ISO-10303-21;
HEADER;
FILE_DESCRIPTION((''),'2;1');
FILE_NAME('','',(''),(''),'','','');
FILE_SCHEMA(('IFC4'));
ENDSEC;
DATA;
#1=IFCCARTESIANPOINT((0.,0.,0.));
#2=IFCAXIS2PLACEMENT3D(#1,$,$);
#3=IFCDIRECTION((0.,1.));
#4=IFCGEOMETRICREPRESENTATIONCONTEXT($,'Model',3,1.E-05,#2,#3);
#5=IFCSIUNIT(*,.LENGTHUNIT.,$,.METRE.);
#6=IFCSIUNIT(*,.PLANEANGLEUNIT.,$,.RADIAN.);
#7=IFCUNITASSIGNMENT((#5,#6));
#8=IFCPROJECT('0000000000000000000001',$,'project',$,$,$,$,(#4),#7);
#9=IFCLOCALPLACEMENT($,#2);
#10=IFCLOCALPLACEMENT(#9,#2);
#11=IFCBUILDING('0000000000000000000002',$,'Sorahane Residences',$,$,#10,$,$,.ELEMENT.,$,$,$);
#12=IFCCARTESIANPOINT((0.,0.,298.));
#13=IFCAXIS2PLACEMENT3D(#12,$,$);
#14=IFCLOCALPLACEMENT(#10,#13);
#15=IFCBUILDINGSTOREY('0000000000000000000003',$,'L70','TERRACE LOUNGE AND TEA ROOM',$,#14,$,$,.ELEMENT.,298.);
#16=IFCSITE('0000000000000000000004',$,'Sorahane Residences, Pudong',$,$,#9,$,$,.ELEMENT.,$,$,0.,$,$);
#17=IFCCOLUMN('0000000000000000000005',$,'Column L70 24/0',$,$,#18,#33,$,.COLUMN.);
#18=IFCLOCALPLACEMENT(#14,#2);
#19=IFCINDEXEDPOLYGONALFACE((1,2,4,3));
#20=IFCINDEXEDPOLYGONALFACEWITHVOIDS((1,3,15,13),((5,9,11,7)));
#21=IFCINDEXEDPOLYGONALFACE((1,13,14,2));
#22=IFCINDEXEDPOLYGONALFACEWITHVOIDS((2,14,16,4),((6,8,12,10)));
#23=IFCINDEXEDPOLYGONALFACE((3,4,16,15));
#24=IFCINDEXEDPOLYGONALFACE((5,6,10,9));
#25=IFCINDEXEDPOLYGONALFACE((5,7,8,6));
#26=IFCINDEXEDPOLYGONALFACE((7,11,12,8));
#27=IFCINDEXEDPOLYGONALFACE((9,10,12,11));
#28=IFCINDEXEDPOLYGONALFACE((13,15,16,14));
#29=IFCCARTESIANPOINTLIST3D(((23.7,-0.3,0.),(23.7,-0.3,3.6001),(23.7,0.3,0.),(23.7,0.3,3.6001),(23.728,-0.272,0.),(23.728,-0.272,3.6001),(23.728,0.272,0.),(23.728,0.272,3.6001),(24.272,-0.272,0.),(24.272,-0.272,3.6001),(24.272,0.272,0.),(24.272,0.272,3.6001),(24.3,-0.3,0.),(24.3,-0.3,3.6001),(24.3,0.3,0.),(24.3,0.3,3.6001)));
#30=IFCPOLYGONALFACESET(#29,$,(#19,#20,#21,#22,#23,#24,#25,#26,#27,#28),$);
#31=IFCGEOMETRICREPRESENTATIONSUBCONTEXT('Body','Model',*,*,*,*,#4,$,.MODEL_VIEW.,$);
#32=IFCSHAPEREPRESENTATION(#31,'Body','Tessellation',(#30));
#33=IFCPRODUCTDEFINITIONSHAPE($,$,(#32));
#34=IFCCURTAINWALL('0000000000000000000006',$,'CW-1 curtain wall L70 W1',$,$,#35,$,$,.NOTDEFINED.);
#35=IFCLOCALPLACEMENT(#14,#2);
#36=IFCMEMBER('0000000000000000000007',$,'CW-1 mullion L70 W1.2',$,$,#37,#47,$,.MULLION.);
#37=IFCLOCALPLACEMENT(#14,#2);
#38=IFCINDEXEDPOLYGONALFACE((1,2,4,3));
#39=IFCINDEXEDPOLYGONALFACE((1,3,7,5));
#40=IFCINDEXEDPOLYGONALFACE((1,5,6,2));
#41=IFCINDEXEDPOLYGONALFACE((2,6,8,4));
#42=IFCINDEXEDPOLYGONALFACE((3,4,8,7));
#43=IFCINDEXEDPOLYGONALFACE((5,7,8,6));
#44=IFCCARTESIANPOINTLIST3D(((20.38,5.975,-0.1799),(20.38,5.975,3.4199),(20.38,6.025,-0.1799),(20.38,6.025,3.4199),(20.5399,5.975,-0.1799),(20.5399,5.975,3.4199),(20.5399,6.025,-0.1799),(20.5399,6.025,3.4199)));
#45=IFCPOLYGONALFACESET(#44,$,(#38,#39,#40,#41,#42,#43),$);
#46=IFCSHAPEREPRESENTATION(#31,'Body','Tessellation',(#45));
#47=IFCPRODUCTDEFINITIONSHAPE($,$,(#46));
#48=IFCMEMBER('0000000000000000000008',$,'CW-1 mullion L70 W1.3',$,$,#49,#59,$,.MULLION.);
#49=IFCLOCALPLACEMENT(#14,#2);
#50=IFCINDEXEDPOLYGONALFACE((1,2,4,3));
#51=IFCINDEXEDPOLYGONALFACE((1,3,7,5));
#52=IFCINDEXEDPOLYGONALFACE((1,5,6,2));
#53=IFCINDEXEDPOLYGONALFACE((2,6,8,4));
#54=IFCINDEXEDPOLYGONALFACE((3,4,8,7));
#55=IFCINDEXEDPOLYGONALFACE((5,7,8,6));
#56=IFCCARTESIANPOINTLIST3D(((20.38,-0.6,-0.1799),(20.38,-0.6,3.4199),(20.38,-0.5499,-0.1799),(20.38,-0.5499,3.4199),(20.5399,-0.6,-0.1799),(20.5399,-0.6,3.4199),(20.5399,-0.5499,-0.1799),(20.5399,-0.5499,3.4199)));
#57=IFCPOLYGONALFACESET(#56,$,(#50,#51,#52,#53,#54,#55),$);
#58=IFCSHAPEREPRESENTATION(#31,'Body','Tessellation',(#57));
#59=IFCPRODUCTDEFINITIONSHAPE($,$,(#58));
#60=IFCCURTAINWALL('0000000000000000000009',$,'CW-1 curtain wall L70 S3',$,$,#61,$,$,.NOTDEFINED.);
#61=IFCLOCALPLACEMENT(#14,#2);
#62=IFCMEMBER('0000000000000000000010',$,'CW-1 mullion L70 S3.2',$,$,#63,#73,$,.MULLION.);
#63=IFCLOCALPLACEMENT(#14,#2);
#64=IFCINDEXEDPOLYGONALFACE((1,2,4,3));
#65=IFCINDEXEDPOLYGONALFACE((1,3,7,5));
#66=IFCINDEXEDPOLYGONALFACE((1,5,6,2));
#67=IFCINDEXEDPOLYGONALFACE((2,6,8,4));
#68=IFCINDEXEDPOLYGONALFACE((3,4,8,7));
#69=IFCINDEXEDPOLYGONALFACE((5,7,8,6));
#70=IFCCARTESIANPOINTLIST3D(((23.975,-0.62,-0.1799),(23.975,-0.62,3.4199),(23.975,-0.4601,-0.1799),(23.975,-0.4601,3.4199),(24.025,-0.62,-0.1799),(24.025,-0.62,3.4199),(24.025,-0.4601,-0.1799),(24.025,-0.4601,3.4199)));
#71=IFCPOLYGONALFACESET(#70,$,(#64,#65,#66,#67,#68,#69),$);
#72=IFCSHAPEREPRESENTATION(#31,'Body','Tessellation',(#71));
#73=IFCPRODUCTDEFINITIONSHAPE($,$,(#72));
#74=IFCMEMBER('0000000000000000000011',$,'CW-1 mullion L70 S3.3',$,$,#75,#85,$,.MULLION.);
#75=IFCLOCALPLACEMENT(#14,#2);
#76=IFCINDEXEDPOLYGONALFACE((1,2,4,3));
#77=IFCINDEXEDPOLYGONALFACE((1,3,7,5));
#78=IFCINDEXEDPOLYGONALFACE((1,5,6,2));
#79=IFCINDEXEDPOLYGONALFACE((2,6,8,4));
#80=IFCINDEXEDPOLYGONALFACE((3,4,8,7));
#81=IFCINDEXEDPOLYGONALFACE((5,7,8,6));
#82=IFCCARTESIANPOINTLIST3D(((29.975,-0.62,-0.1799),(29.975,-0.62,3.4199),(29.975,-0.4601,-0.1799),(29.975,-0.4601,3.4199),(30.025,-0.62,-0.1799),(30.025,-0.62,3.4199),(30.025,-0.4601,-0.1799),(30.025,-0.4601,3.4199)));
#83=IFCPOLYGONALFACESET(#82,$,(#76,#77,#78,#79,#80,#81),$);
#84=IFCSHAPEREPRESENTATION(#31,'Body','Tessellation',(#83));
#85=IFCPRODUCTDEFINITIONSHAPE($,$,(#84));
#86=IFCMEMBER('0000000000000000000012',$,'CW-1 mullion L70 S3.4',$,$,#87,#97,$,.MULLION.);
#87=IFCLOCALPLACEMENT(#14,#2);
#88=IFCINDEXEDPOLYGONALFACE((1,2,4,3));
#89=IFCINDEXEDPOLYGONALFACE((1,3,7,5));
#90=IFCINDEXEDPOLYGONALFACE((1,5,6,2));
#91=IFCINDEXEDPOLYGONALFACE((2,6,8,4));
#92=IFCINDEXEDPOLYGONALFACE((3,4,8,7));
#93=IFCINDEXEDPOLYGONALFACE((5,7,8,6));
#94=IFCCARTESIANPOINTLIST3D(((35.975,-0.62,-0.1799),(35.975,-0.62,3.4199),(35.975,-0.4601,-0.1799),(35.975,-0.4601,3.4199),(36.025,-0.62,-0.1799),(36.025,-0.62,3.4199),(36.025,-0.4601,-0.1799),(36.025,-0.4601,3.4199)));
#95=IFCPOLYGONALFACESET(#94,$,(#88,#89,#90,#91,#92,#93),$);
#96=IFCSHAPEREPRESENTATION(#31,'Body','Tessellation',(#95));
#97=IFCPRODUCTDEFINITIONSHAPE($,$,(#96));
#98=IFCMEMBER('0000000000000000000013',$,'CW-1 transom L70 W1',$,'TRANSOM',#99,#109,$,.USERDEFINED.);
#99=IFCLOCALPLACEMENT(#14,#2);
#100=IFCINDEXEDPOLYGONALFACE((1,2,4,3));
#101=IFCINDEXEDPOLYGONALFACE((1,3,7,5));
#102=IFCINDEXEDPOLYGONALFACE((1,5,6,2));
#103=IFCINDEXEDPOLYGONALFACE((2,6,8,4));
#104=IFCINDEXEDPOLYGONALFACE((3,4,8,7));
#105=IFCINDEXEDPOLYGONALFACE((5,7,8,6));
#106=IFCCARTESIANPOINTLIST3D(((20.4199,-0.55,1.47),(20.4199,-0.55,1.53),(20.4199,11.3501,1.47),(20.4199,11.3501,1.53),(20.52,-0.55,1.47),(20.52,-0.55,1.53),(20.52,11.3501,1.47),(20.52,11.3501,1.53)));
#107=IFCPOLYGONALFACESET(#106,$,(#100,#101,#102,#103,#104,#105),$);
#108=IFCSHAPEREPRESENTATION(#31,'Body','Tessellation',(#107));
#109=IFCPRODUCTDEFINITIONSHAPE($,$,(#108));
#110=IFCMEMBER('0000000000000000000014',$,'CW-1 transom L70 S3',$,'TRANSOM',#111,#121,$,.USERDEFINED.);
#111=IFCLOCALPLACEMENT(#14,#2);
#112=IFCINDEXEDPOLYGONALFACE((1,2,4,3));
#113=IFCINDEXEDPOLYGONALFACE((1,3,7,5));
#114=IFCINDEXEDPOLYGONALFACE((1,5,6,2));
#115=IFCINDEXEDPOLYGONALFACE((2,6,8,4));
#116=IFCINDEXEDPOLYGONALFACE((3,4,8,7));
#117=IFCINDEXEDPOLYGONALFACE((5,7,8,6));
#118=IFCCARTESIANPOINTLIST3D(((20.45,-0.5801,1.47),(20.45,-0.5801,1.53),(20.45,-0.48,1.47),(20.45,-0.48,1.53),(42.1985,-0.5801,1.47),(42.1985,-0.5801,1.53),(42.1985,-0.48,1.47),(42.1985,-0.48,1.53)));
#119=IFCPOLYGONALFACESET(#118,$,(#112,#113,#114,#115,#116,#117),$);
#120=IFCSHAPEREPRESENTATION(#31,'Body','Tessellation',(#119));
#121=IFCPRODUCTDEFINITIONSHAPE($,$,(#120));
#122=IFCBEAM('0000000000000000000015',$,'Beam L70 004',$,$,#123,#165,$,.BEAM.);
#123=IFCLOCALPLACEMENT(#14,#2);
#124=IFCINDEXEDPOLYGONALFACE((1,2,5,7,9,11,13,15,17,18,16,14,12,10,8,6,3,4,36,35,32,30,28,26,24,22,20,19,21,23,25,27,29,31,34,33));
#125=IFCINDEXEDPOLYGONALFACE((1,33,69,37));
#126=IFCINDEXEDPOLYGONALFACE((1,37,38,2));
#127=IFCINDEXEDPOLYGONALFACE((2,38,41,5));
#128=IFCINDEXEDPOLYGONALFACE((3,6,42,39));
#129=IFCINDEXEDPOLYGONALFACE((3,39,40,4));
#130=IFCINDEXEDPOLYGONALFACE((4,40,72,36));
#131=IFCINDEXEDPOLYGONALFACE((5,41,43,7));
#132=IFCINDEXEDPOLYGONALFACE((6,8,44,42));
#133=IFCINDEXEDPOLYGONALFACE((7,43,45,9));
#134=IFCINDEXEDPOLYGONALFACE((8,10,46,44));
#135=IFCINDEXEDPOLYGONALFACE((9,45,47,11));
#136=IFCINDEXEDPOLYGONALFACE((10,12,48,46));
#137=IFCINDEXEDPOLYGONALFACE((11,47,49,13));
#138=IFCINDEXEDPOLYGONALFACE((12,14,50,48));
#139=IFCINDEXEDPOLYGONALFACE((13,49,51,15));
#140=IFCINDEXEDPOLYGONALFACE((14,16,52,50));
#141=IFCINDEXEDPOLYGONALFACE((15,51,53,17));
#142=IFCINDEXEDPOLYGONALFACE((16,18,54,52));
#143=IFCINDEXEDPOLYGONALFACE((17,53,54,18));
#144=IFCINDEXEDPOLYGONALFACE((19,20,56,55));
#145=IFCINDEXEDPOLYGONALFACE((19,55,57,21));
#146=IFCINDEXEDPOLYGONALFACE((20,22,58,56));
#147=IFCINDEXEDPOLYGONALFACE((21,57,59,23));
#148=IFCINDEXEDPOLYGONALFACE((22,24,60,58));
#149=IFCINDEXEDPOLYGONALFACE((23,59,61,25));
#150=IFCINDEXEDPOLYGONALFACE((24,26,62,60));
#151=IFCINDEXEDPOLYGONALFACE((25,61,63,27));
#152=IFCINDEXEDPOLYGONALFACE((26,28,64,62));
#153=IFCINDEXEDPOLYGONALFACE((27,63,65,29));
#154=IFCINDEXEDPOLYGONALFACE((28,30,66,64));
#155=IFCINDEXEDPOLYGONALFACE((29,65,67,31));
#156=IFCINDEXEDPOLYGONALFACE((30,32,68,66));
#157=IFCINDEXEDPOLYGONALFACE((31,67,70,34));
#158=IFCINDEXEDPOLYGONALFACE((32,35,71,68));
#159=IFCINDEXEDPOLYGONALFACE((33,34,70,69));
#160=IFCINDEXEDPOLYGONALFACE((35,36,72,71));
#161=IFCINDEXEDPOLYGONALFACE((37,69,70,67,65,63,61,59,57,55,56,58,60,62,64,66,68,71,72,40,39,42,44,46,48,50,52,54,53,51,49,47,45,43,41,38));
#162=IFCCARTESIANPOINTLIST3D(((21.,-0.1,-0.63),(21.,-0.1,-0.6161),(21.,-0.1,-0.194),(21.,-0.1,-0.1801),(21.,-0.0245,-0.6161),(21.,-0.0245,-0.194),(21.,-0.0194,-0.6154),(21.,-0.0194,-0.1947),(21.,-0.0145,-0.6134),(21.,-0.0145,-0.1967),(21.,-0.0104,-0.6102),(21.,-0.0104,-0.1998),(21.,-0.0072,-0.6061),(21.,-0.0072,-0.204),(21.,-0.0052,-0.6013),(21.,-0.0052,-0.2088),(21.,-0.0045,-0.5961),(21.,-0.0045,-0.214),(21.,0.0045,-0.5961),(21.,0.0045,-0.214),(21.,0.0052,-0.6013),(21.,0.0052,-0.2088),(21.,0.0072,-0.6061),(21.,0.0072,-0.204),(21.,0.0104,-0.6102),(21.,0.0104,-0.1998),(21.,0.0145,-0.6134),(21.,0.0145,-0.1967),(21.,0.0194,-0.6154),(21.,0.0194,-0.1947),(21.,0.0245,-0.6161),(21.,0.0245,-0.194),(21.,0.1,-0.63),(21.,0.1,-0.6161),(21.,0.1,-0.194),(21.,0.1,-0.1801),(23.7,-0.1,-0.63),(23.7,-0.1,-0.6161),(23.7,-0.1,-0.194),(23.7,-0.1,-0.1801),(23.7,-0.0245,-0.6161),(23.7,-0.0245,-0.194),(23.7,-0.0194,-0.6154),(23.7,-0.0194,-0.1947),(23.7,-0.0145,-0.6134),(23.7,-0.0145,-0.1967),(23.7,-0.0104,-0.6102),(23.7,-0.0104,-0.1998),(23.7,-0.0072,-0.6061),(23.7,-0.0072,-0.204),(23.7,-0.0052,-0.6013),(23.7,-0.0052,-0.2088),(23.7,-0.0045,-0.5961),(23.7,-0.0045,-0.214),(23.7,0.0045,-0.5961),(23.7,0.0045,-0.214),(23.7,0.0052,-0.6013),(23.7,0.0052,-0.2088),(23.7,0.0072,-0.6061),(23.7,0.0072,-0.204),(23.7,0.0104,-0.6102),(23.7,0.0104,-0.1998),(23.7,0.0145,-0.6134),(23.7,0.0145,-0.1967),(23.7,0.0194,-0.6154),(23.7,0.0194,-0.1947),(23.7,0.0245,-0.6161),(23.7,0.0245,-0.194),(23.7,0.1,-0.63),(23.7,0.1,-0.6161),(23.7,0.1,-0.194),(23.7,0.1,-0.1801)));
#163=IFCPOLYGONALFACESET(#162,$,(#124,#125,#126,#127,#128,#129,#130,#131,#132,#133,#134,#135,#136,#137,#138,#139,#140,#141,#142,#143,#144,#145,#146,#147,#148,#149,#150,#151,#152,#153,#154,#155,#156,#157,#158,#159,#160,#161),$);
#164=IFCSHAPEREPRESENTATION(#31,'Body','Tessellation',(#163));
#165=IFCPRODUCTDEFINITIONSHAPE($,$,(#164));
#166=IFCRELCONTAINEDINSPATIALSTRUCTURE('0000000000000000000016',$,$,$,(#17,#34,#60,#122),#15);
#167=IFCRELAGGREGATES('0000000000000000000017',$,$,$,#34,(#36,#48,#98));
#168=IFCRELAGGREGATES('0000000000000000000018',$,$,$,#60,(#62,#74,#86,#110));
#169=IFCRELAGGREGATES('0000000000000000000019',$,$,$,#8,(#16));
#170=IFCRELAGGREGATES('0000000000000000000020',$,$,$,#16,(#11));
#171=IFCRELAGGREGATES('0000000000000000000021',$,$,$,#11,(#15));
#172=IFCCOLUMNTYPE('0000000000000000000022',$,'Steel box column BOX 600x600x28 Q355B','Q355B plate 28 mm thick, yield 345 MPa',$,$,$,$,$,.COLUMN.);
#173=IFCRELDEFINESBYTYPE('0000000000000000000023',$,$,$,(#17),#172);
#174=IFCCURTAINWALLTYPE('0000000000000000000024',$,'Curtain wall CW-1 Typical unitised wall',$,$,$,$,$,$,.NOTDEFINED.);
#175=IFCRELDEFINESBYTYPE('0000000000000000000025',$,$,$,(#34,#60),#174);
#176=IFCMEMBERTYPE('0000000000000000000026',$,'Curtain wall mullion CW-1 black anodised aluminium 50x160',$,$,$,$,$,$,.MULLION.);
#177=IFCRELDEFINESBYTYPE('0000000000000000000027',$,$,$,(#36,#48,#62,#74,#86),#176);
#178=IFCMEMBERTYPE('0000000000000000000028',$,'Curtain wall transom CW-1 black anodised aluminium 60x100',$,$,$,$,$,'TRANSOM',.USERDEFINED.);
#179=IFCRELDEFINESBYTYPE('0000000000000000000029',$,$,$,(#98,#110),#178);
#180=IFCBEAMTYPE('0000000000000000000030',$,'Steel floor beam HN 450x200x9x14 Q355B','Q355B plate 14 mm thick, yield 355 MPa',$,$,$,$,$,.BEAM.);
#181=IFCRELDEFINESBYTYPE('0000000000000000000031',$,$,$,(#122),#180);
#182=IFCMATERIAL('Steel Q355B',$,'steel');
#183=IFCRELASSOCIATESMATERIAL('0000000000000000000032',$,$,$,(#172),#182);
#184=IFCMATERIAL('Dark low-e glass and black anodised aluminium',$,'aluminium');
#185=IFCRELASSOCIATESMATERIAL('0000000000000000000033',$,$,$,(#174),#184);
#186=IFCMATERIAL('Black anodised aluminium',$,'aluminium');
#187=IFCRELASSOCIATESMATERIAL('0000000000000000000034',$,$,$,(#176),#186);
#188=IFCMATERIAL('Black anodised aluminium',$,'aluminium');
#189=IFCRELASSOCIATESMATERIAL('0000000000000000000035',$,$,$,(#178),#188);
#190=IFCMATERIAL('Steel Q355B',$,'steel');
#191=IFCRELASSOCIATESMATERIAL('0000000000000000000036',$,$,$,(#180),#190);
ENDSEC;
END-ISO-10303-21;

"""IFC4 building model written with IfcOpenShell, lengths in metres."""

from ifc_helpers import new_model, si_unit, direction, frame, origin, origin_2d, place, context, subcontext, project, spatial, rectangle, hollow_rectangle, i_section, extrude, material, material_profile, profile_set, type_object, element, aggregate, save


model = new_model("IFC4")

# Units and contexts
model_context = context("Model", 3, precision=1e-05, world=origin(), true_north=direction((0.0, 1.0)))
body_context = subcontext(model_context, "Body", "Model", "MODEL_VIEW")
ifc_project = project(units=[si_unit("LENGTHUNIT", "METRE"), si_unit("PLANEANGLEUNIT", "RADIAN")], contexts=[model_context])

# Site, building, storey
site_placement = place(None, origin())
site = spatial("IfcSite", under=ifc_project, at=site_placement, Name="Sorahane Residences, Pudong", CompositionType="ELEMENT", RefElevation=0.0)
building_placement = place(site_placement, origin())
building = spatial("IfcBuilding", under=site, at=building_placement, Name="Sorahane Residences", CompositionType="ELEMENT")
storey_placement = place(building_placement, frame((0.0, 0.0, 298.0)))
storey = spatial("IfcBuildingStorey", under=building, at=storey_placement, Name="L70", Description="TERRACE LOUNGE AND TEA ROOM", CompositionType="ELEMENT", Elevation=298.0)

# Column
ifc_material_1 = material(Name="Steel Q355B", Category="steel")
ifc_material_profile_1 = material_profile(ifc_material_1, hollow_rectangle(XDim=0.6001, YDim=0.6001, WallThickness=0.0281, at=origin_2d()), Name="BOX 600x600x28")
ifc_profile_set_1 = profile_set([ifc_material_profile_1], Name="Steel Q355B")
column_type = type_object("IfcColumnType", Name="Steel box column BOX 600x600x28 Q355B", Description="Q355B plate 28 mm thick, yield 345 MPa", PredefinedType="COLUMN", material=ifc_profile_set_1)
column_placement = place(storey_placement, frame((24.0, 0.0, 0.0), z_axis=(0.0, 0.0, 1.0), x_axis=(1.0, 0.0, 0.0)))
element("IfcColumn", 1, at=column_placement, inside=storey, type_object=column_type, Name="Column L70 24/0", PredefinedType="COLUMN", context=body_context, shape_type="SweptSolid", body=[
    extrude(hollow_rectangle(XDim=0.6001, YDim=0.6001, WallThickness=0.0281, at=origin_2d()), origin(), (0.0, 0.0, 1.0), 3.6001),
])

# Curtain walls, members
ifc_material_2 = material(Name="Dark low-e glass and black anodised aluminium", Category="aluminium")
curtain_wall_type = type_object("IfcCurtainWallType", Name="Curtain wall CW-1 Typical unitised wall", PredefinedType="NOTDEFINED", material=ifc_material_2)
curtain_wall_1_placement = place(storey_placement, origin())
curtain_wall_1 = element("IfcCurtainWall", 2, at=curtain_wall_1_placement, inside=storey, type_object=curtain_wall_type, Name="CW-1 curtain wall L70 W1", PredefinedType="NOTDEFINED")
ifc_material_3 = material(Name="Black anodised aluminium", Category="aluminium")
ifc_material_profile_2 = material_profile(ifc_material_3, rectangle(XDim=0.1599, YDim=0.05, at=origin_2d()), Name="Curtain wall mullion CW-1 black anodised aluminium 50x160")
ifc_profile_set_2 = profile_set([ifc_material_profile_2], Name="Black anodised aluminium")
member_type_1 = type_object("IfcMemberType", Name="Curtain wall mullion CW-1 black anodised aluminium 50x160", PredefinedType="MULLION", material=ifc_profile_set_2)
member_1_placement = place(storey_placement, frame((20.46, 6.0, -0.1799), z_axis=(0.0, 0.0, 1.0), x_axis=(-1.0, 0.0, 0.0)))
member_1 = element("IfcMember", 3, at=member_1_placement, type_object=member_type_1, Name="CW-1 mullion L70 W1.2", PredefinedType="MULLION", context=body_context, shape_type="SweptSolid", body=[
    extrude(rectangle(XDim=0.1599, YDim=0.05, at=origin_2d()), origin(), (0.0, 0.0, 1.0), 3.5999),
])
member_2_placement = place(storey_placement, frame((20.46, -0.575, -0.1799), z_axis=(0.0, 0.0, 1.0), x_axis=(-1.0, 0.0, 0.0)))
member_2 = element("IfcMember", 4, at=member_2_placement, type_object=member_type_1, Name="CW-1 mullion L70 W1.3", PredefinedType="MULLION", context=body_context, shape_type="SweptSolid", body=[
    extrude(rectangle(XDim=0.1599, YDim=0.05, at=origin_2d()), origin(), (0.0, 0.0, 1.0), 3.5999),
])
curtain_wall_2_placement = place(storey_placement, origin())
curtain_wall_2 = element("IfcCurtainWall", 5, at=curtain_wall_2_placement, inside=storey, type_object=curtain_wall_type, Name="CW-1 curtain wall L70 S3", PredefinedType="NOTDEFINED")
member_3_placement = place(storey_placement, frame((24.0, -0.54, -0.1799), z_axis=(0.0, 0.0, 1.0), x_axis=(0.0, -1.0, 0.0)))
member_3 = element("IfcMember", 6, at=member_3_placement, type_object=member_type_1, Name="CW-1 mullion L70 S3.2", PredefinedType="MULLION", context=body_context, shape_type="SweptSolid", body=[
    extrude(rectangle(XDim=0.1599, YDim=0.05, at=origin_2d()), origin(), (0.0, 0.0, 1.0), 3.5999),
])
member_4_placement = place(storey_placement, frame((30.0, -0.54, -0.1799), z_axis=(0.0, 0.0, 1.0), x_axis=(0.0, -1.0, 0.0)))
member_4 = element("IfcMember", 7, at=member_4_placement, type_object=member_type_1, Name="CW-1 mullion L70 S3.3", PredefinedType="MULLION", context=body_context, shape_type="SweptSolid", body=[
    extrude(rectangle(XDim=0.1599, YDim=0.05, at=origin_2d()), origin(), (0.0, 0.0, 1.0), 3.5999),
])
member_5_placement = place(storey_placement, frame((36.0, -0.54, -0.1799), z_axis=(0.0, 0.0, 1.0), x_axis=(0.0, -1.0, 0.0)))
member_5 = element("IfcMember", 8, at=member_5_placement, type_object=member_type_1, Name="CW-1 mullion L70 S3.4", PredefinedType="MULLION", context=body_context, shape_type="SweptSolid", body=[
    extrude(rectangle(XDim=0.1599, YDim=0.05, at=origin_2d()), origin(), (0.0, 0.0, 1.0), 3.5999),
])

# Members
ifc_material_4 = material(Name="Black anodised aluminium", Category="aluminium")
ifc_material_profile_3 = material_profile(ifc_material_4, rectangle(XDim=0.1001, YDim=0.0601, at=origin_2d()), Name="Curtain wall transom CW-1 black anodised aluminium 60x100")
ifc_profile_set_3 = profile_set([ifc_material_profile_3], Name="Black anodised aluminium")
member_type_2 = type_object("IfcMemberType", Name="Curtain wall transom CW-1 black anodised aluminium 60x100", ElementType="TRANSOM", PredefinedType="USERDEFINED", material=ifc_profile_set_3)
member_6_placement = place(storey_placement, frame((20.47, 11.3501, 1.5), z_axis=(0.0, -1.0, 0.0), x_axis=(1.0, 0.0, 0.0)))
member_6 = element("IfcMember", 9, at=member_6_placement, type_object=member_type_2, Name="CW-1 transom L70 W1", ObjectType="TRANSOM", PredefinedType="USERDEFINED", context=body_context, shape_type="SweptSolid", body=[
    extrude(rectangle(XDim=0.1001, YDim=0.0601, at=origin_2d()), origin(), (0.0, 0.0, 1.0), 11.9001),
])
member_7_placement = place(storey_placement, frame((20.45, -0.53, 1.5), z_axis=(1.0, 0.0, 0.0), x_axis=(0.0, 1.0, 0.0)))
member_7 = element("IfcMember", 10, at=member_7_placement, type_object=member_type_2, Name="CW-1 transom L70 S3", ObjectType="TRANSOM", PredefinedType="USERDEFINED", context=body_context, shape_type="SweptSolid", body=[
    extrude(rectangle(XDim=0.1001, YDim=0.0601, at=origin_2d()), origin(), (0.0, 0.0, 1.0), 21.7485),
])

# Beam
ifc_material_5 = material(Name="Steel Q355B", Category="steel")
ifc_material_profile_4 = material_profile(ifc_material_5, i_section(OverallWidth=0.2, OverallDepth=0.45, WebThickness=0.009, FlangeThickness=0.0139, FilletRadius=0.02, at=origin_2d()), Name="HN 450x200x9x14")
ifc_profile_set_4 = profile_set([ifc_material_profile_4], Name="Steel Q355B")
beam_type_1 = type_object("IfcBeamType", Name="Steel floor beam HN 450x200x9x14 Q355B", Description="Q355B plate 14 mm thick, yield 355 MPa", PredefinedType="BEAM", material=ifc_profile_set_4)
beam_1_placement = place(storey_placement, frame((21.0, 0.0, -0.405), z_axis=(1.0, 0.0, 0.0), x_axis=(0.0, 1.0, 0.0)))
element("IfcBeam", 11, at=beam_1_placement, inside=storey, type_object=beam_type_1, Name="Beam L70 004", PredefinedType="BEAM", context=body_context, shape_type="SweptSolid", body=[
    extrude(i_section(OverallWidth=0.2, OverallDepth=0.45, WebThickness=0.009, FlangeThickness=0.0139, FilletRadius=0.02, at=origin_2d()), origin(), (0.0, 0.0, 1.0), 2.7),
])

aggregate(curtain_wall_1, [member_1, member_2, member_6])
aggregate(curtain_wall_2, [member_3, member_4, member_5, member_7])

save(model, "model.ifc")
